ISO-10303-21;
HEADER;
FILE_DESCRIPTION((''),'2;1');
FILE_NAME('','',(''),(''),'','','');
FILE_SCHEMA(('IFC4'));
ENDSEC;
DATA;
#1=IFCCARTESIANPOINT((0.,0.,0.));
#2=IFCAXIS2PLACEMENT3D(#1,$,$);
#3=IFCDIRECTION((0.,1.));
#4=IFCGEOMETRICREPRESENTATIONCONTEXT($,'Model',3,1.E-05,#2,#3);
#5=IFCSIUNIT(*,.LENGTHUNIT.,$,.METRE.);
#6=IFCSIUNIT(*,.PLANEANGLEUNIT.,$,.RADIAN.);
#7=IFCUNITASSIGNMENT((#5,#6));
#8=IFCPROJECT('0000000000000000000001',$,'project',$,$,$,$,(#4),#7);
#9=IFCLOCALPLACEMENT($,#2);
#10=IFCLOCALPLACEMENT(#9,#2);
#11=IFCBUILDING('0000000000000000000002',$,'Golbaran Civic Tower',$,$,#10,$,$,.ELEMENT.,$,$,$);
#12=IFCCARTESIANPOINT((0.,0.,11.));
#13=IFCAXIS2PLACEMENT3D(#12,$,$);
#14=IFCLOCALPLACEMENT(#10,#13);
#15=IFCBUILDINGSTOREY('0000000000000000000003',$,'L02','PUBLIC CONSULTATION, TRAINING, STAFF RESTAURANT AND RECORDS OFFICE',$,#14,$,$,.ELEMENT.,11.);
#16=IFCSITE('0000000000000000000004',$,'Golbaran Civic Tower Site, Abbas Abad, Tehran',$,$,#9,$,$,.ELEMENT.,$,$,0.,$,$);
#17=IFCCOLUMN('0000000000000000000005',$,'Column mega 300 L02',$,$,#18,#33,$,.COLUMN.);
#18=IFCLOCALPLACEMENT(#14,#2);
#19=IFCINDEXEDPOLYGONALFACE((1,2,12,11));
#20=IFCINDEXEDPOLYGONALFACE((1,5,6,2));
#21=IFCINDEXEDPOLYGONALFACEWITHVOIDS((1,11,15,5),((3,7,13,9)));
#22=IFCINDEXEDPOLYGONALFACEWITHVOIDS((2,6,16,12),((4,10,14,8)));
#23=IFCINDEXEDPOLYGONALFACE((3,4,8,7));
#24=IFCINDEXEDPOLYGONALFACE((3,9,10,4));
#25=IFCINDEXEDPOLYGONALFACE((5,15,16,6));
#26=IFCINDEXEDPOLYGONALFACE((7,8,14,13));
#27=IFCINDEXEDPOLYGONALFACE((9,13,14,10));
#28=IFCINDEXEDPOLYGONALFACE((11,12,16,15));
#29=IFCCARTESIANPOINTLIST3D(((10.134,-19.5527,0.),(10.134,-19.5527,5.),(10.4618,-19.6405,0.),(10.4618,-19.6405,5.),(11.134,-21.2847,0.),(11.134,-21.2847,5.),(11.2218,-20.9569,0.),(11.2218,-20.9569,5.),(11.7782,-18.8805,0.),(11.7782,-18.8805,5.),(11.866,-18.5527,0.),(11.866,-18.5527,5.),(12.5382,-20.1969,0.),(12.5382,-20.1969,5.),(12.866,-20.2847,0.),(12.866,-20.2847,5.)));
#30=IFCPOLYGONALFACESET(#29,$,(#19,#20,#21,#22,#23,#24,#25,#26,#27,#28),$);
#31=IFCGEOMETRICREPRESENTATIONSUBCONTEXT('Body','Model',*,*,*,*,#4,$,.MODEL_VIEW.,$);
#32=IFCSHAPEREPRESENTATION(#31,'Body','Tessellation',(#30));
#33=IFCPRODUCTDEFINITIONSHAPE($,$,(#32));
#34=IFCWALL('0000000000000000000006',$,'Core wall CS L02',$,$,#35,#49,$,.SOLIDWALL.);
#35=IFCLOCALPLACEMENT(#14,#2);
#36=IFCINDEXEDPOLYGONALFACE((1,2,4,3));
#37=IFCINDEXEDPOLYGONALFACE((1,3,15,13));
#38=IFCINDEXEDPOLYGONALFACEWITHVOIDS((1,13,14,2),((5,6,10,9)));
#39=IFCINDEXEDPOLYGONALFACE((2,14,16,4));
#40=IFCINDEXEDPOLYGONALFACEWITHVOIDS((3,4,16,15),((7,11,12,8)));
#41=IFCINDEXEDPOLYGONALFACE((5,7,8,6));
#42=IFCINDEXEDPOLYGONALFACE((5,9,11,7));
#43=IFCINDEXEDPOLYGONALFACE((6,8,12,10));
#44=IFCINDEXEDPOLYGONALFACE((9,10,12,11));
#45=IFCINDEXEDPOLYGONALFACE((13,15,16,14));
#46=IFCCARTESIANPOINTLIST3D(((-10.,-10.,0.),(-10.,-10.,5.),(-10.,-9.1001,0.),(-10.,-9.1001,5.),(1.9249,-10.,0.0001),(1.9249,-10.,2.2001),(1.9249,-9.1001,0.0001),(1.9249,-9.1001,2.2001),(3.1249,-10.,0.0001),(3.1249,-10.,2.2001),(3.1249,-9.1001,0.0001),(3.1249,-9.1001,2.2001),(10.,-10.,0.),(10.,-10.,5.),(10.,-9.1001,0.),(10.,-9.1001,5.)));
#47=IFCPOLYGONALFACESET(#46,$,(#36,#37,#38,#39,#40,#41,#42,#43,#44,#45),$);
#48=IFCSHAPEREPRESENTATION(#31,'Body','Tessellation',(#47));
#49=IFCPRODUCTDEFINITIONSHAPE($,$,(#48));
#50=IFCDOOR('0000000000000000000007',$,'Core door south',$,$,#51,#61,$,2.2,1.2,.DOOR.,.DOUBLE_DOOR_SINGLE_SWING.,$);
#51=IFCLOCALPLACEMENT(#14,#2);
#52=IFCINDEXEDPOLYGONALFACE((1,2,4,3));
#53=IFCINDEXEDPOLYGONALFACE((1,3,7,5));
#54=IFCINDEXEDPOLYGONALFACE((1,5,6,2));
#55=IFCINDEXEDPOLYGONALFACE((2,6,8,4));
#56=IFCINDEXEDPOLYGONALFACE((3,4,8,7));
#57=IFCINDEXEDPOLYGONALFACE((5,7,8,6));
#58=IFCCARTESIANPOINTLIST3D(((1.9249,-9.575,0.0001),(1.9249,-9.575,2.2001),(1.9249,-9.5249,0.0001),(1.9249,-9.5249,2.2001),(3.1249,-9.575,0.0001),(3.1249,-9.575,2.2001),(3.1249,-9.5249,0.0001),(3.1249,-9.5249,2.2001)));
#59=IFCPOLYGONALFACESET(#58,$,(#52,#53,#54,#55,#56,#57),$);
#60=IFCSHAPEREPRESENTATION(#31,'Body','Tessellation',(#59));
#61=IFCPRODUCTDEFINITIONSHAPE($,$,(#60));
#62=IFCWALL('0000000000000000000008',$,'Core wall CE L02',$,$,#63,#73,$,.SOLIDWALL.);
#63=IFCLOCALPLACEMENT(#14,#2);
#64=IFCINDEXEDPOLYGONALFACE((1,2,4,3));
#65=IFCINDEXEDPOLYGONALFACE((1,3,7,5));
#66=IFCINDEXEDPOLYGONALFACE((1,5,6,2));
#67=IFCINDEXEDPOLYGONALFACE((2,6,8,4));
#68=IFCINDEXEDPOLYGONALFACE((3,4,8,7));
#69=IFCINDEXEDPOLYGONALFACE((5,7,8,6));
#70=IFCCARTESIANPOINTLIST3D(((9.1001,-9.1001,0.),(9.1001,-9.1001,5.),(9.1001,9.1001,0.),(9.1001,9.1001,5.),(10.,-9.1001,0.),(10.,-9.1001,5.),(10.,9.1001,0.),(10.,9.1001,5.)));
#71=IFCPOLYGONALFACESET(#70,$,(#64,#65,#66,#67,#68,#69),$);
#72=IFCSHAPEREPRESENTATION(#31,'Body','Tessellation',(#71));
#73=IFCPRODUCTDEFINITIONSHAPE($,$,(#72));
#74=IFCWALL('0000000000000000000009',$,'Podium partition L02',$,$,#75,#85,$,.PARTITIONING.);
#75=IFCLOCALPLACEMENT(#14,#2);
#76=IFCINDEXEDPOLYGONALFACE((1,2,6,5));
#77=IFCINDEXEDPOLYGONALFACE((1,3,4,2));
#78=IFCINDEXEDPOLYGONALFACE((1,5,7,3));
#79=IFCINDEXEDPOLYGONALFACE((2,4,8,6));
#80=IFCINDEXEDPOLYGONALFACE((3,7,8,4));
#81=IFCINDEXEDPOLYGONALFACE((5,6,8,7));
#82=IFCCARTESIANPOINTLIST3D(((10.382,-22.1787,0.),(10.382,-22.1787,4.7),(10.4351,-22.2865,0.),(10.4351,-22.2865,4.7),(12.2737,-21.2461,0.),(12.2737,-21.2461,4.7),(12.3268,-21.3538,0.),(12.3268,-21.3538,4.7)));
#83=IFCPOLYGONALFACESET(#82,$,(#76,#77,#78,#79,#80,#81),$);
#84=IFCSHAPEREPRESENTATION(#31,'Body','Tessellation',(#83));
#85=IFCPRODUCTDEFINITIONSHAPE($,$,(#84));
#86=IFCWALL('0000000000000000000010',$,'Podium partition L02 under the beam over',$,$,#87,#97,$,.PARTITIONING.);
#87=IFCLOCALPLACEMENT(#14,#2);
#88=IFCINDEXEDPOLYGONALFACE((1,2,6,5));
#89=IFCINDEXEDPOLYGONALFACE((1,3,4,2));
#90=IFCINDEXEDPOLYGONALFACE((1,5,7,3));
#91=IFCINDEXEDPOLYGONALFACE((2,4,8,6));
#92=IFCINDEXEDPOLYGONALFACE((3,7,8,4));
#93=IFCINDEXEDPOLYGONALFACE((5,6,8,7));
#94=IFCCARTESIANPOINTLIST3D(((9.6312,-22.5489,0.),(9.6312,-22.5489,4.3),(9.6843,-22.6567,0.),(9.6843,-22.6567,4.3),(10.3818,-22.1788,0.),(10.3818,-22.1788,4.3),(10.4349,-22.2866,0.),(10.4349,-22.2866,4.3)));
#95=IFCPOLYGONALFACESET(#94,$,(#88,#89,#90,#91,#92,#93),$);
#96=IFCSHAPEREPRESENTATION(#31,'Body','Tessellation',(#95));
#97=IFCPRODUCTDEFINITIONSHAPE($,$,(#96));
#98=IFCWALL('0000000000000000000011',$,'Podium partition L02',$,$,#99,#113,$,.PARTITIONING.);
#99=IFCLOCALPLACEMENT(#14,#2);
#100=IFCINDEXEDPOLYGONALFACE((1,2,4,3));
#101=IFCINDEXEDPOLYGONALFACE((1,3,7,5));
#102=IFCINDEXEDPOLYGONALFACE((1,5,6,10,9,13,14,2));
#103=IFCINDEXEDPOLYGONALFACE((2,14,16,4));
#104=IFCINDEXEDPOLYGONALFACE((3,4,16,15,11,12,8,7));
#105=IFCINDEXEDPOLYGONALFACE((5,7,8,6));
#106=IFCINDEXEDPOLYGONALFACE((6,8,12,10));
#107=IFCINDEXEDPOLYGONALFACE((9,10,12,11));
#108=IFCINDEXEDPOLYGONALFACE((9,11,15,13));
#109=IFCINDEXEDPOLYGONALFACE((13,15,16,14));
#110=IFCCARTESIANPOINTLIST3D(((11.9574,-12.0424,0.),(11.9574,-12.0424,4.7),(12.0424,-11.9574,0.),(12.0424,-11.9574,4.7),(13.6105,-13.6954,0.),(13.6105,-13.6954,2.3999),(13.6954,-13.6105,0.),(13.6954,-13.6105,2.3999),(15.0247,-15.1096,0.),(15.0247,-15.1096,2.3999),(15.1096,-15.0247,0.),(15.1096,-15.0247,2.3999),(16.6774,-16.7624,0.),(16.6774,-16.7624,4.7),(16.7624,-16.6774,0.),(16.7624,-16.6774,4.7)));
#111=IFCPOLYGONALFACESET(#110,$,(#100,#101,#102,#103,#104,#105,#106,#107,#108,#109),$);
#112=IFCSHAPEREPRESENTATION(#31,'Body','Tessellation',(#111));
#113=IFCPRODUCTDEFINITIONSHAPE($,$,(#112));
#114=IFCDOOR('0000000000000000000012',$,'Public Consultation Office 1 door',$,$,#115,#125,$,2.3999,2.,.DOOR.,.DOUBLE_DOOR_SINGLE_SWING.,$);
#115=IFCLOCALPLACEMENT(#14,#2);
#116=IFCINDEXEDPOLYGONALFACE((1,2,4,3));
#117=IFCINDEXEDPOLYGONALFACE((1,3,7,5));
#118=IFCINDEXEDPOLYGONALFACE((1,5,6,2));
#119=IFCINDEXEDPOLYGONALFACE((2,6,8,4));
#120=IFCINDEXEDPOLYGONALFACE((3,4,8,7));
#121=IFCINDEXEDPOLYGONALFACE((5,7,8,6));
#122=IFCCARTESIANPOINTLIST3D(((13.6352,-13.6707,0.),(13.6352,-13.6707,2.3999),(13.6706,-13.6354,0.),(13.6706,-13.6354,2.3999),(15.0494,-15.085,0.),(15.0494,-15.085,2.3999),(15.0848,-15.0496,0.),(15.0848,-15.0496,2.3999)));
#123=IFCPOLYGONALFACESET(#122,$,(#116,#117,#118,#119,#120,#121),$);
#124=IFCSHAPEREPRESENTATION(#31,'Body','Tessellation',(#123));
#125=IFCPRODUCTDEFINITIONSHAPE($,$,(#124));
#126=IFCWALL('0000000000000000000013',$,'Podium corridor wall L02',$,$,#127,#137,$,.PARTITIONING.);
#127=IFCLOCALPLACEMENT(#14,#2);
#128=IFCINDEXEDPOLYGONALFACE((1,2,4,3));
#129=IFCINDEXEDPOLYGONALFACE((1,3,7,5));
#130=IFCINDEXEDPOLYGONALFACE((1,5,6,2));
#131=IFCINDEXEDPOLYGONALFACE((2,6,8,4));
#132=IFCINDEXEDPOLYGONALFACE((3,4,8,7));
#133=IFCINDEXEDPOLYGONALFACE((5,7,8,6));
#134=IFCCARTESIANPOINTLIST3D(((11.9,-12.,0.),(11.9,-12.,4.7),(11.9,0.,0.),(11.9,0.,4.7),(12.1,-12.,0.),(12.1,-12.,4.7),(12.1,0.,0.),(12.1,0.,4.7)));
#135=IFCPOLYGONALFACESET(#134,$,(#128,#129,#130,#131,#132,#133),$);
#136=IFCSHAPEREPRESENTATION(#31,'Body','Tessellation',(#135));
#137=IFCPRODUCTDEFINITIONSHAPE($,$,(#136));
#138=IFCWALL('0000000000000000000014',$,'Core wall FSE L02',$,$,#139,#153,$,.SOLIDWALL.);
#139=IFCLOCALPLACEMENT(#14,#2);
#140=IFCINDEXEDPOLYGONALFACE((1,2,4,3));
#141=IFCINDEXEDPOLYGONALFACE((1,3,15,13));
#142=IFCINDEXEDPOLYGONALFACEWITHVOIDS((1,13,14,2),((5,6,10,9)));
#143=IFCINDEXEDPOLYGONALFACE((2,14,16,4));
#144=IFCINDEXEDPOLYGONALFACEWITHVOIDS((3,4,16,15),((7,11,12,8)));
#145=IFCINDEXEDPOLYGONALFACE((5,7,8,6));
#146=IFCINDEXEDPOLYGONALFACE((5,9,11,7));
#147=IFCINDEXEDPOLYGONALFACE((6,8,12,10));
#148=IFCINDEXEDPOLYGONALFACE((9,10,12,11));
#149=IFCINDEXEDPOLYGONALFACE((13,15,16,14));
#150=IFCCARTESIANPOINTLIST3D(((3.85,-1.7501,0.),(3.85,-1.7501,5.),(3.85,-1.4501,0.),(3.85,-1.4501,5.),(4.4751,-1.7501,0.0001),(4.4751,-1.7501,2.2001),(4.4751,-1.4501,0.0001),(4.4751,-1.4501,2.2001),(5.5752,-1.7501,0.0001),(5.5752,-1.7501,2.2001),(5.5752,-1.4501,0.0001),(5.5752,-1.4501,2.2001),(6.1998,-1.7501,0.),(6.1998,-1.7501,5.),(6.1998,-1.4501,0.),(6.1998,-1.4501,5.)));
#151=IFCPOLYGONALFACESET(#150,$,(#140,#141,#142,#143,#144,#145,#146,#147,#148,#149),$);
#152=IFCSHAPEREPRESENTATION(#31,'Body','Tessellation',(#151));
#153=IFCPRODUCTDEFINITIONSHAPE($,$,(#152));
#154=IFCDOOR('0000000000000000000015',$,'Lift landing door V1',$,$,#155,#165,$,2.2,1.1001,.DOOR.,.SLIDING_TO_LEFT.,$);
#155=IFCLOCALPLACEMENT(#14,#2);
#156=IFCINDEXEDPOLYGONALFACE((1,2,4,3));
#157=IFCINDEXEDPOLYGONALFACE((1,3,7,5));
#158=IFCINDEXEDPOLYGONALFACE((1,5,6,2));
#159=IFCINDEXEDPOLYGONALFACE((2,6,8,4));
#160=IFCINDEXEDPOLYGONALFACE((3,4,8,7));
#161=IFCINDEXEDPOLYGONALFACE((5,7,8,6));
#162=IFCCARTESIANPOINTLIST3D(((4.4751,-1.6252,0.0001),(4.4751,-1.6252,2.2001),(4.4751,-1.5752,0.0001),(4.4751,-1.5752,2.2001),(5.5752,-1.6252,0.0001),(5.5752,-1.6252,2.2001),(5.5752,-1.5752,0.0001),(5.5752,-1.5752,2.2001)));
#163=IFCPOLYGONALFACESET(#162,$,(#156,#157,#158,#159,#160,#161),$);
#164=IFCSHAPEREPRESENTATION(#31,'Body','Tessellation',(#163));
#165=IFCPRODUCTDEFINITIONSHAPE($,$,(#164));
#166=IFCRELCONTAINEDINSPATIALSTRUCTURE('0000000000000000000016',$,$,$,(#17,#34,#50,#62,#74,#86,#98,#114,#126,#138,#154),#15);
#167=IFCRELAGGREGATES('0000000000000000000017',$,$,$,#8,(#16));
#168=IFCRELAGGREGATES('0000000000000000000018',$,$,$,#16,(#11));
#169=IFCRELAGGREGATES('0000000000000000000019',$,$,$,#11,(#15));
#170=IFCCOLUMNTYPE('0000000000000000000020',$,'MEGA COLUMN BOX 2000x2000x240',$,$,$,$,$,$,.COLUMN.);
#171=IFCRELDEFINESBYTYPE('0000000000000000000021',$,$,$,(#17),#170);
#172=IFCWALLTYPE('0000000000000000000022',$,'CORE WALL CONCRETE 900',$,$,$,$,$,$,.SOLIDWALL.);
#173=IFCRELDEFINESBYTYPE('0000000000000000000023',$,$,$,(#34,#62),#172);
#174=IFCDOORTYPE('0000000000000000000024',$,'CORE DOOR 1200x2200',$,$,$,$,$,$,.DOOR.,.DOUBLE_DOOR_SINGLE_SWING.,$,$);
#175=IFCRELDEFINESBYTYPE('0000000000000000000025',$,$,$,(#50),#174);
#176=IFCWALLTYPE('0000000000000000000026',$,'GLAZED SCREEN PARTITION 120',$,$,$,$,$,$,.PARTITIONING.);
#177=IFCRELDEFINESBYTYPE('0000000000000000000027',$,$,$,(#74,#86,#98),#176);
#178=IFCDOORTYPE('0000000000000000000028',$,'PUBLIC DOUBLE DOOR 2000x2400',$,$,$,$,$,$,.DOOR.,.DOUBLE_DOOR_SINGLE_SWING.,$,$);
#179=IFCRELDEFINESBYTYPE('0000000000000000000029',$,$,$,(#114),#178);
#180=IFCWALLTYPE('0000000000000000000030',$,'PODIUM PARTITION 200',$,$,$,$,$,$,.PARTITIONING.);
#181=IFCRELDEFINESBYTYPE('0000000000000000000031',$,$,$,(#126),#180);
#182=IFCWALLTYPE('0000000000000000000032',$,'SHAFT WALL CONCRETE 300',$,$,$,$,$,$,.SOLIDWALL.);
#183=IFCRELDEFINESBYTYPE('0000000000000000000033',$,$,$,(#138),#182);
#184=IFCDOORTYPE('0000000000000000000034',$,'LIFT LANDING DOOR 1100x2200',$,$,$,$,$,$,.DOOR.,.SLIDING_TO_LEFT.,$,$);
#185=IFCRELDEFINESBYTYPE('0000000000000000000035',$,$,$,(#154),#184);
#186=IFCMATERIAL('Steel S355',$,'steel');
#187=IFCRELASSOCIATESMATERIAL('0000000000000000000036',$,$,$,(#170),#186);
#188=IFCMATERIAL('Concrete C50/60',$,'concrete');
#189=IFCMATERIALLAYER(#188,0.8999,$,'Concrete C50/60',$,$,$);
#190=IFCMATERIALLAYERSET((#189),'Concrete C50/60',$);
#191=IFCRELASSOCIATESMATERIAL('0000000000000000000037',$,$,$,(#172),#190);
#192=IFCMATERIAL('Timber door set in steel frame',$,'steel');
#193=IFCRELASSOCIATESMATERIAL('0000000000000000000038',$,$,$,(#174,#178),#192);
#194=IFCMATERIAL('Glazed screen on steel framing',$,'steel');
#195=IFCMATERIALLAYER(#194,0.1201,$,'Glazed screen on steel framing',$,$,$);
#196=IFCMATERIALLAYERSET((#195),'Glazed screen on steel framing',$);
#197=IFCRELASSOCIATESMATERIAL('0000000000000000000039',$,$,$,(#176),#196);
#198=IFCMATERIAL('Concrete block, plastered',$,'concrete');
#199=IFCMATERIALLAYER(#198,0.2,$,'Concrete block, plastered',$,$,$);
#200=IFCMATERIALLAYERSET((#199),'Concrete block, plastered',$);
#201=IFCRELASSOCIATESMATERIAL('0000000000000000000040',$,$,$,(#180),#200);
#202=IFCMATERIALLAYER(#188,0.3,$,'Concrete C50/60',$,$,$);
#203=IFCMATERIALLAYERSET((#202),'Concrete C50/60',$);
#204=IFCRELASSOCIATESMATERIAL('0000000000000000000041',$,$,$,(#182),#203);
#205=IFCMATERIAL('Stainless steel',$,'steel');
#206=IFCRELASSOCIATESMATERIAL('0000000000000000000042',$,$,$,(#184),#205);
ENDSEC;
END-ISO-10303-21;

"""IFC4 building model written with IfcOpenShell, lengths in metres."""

from ifc_helpers import new_model, si_unit, direction, frame, frame_2d, origin, origin_2d, place, context, subcontext, project, spatial, rectangle, hollow_rectangle, extrude, material, layer, layer_set, material_profile, profile_set, type_object, element, fill, save


model = new_model("IFC4")

# Units and contexts
model_context = context("Model", 3, precision=1e-05, world=origin(), true_north=direction((0.0, 1.0)))
body_context = subcontext(model_context, "Body", "Model", "MODEL_VIEW")
ifc_project = project(units=[si_unit("LENGTHUNIT", "METRE"), si_unit("PLANEANGLEUNIT", "RADIAN")], contexts=[model_context])

# Site, building, storey
site_placement = place(None, origin())
site = spatial("IfcSite", under=ifc_project, at=site_placement, Name="Golbaran Civic Tower Site, Abbas Abad, Tehran", CompositionType="ELEMENT", RefElevation=0.0)
building_placement = place(site_placement, origin())
building = spatial("IfcBuilding", under=site, at=building_placement, Name="Golbaran Civic Tower", CompositionType="ELEMENT")
storey_placement = place(building_placement, frame((0.0, 0.0, 11.0)))
storey = spatial("IfcBuildingStorey", under=building, at=storey_placement, Name="L02", Description="PUBLIC CONSULTATION, TRAINING, STAFF RESTAURANT AND RECORDS OFFICE", CompositionType="ELEMENT", Elevation=11.0)

# Column
ifc_material_1 = material(Name="Steel S355", Category="steel")
ifc_material_profile = material_profile(ifc_material_1, hollow_rectangle(XDim=2.0, YDim=2.0, WallThickness=0.24, at=origin_2d()), Name="BOX 2000x2000x240")
ifc_profile_set = profile_set([ifc_material_profile], Name="Steel S355")
column_type = type_object("IfcColumnType", Name="MEGA COLUMN BOX 2000x2000x240", PredefinedType="COLUMN", material=ifc_profile_set)
column_placement = place(storey_placement, frame((11.5, -19.9187, 0.0), z_axis=(0.0, 0.0, 1.0), x_axis=(0.5, -0.866025, 0.0)))
element("IfcColumn", 1, at=column_placement, inside=storey, type_object=column_type, Name="Column mega 300 L02", PredefinedType="COLUMN", context=body_context, shape_type="SweptSolid", body=[
    extrude(hollow_rectangle(XDim=2.0, YDim=2.0, WallThickness=0.24, at=origin_2d()), origin(), (0.0, 0.0, 1.0), 5.0),
])

# Wall, opening, door
ifc_material_2 = material(Name="Concrete C50/60", Category="concrete")
ifc_layer_1 = layer(ifc_material_2, 0.8999, Name="Concrete C50/60")
ifc_layer_set_1 = layer_set([ifc_layer_1], Name="Concrete C50/60")
wall_type_1 = type_object("IfcWallType", Name="CORE WALL CONCRETE 900", PredefinedType="SOLIDWALL", material=ifc_layer_set_1)
wall_1_placement = place(storey_placement, frame((10.0, -9.55, 0.0), z_axis=(0.0, 0.0, 1.0), x_axis=(-1.0, 0.0, 0.0)))
wall_1 = element("IfcWall", 2, at=wall_1_placement, inside=storey, type_object=wall_type_1, Name="Core wall CS L02", PredefinedType="SOLIDWALL", context=body_context, shape_type="SweptSolid", body=[
    extrude(rectangle(XDim=20.0, YDim=0.8999, at=frame_2d((10.0, 0.0))), origin(), (0.0, 0.0, 1.0), 5.0),
])
opening_1_placement = place(wall_1_placement, frame((6.875, 0.0, 0.0)))
opening_1 = element("IfcOpeningElement", 3, at=opening_1_placement, cuts=wall_1, PredefinedType="OPENING", context=body_context, shape_type="SweptSolid", body=[
    extrude(rectangle(XDim=1.2, YDim=2.2, at=frame_2d((0.6001, 1.1001))), frame((0.0, 0.46, 0.0), z_axis=(0.0, -1.0, 0.0), x_axis=(1.0, 0.0, 0.0)), (0.0, 0.0, 1.0), 0.9199),
])
ifc_material_3 = material(Name="Timber door set in steel frame", Category="steel")
door_type_1 = type_object("IfcDoorType", Name="CORE DOOR 1200x2200", OperationType="DOUBLE_DOOR_SINGLE_SWING", PredefinedType="DOOR", material=ifc_material_3)
door_1_placement = place(opening_1_placement, origin())
door_1 = element("IfcDoor", 4, at=door_1_placement, inside=storey, type_object=door_type_1, Name="Core door south", OperationType="DOUBLE_DOOR_SINGLE_SWING", OverallHeight=2.2, OverallWidth=1.2, PredefinedType="DOOR", context=body_context, shape_type="SweptSolid", body=[
    extrude(rectangle(XDim=1.2, YDim=2.2, at=frame_2d((0.6001, 1.1001))), frame((0.0, 0.0249, 0.0), z_axis=(0.0, -1.0, 0.0), x_axis=(1.0, 0.0, 0.0)), (0.0, 0.0, 1.0), 0.05),
])
fill(opening_1, door_1)

# Walls
wall_2_placement = place(storey_placement, frame((9.55, -9.1001, 0.0), z_axis=(0.0, 0.0, 1.0), x_axis=(0.0, 1.0, 0.0)))
element("IfcWall", 5, at=wall_2_placement, inside=storey, type_object=wall_type_1, Name="Core wall CE L02", PredefinedType="SOLIDWALL", context=body_context, shape_type="SweptSolid", body=[
    extrude(rectangle(XDim=18.2002, YDim=0.8999, at=frame_2d((9.1001, 0.0))), origin(), (0.0, 0.0, 1.0), 5.0),
])
ifc_material_4 = material(Name="Glazed screen on steel framing", Category="steel")
ifc_layer_2 = layer(ifc_material_4, 0.1201, Name="Glazed screen on steel framing")
ifc_layer_set_2 = layer_set([ifc_layer_2], Name="Glazed screen on steel framing")
wall_type_2 = type_object("IfcWallType", Name="GLAZED SCREEN PARTITION 120", PredefinedType="PARTITIONING", material=ifc_layer_set_2)
wall_3_placement = place(storey_placement, frame((10.4084, -22.2327, 0.0), z_axis=(0.0, 0.0, 1.0), x_axis=(0.896914, 0.442206, 0.0)))
element("IfcWall", 6, at=wall_3_placement, inside=storey, type_object=wall_type_2, Name="Podium partition L02", PredefinedType="PARTITIONING", context=body_context, shape_type="SweptSolid", body=[
    extrude(rectangle(XDim=2.1091, YDim=0.1201, at=frame_2d((1.0547, 0.0))), origin(), (0.0, 0.0, 1.0), 4.7),
])
wall_4_placement = place(storey_placement, frame((9.6577, -22.6028, 0.0), z_axis=(0.0, 0.0, 1.0), x_axis=(0.896922, 0.44219, 0.0)))
element("IfcWall", 7, at=wall_4_placement, inside=storey, type_object=wall_type_2, Name="Podium partition L02 under the beam over", PredefinedType="PARTITIONING", context=body_context, shape_type="SweptSolid", body=[
    extrude(rectangle(XDim=0.8369, YDim=0.1201, at=frame_2d((0.4185, 0.0))), origin(), (0.0, 0.0, 1.0), 4.3),
])

# Wall, opening, door
wall_5_placement = place(storey_placement, frame((12.0, -12.0, 0.0), z_axis=(0.0, 0.0, 1.0), x_axis=(0.707107, -0.707107, 0.0)))
wall_5 = element("IfcWall", 8, at=wall_5_placement, inside=storey, type_object=wall_type_2, Name="Podium partition L02", PredefinedType="PARTITIONING", context=body_context, shape_type="SweptSolid", body=[
    extrude(rectangle(XDim=6.675, YDim=0.1201, at=frame_2d((3.3374, 0.0))), origin(), (0.0, 0.0, 1.0), 4.7),
])
opening_2_placement = place(wall_5_placement, frame((2.3376, 0.0, 0.0)))
opening_2 = element("IfcOpeningElement", 9, at=opening_2_placement, cuts=wall_5, PredefinedType="OPENING", context=body_context, shape_type="SweptSolid", body=[
    extrude(rectangle(XDim=2.0, YDim=2.3999, at=frame_2d((1.0, 1.2))), frame((0.0, 0.0701, 0.0), z_axis=(0.0, -1.0, 0.0), x_axis=(1.0, 0.0, 0.0)), (0.0, 0.0, 1.0), 0.1401),
])
door_type_2 = type_object("IfcDoorType", Name="PUBLIC DOUBLE DOOR 2000x2400", OperationType="DOUBLE_DOOR_SINGLE_SWING", PredefinedType="DOOR", material=ifc_material_3)
door_2_placement = place(opening_2_placement, origin())
door_2 = element("IfcDoor", 10, at=door_2_placement, inside=storey, type_object=door_type_2, Name="Public Consultation Office 1 door", OperationType="DOUBLE_DOOR_SINGLE_SWING", OverallHeight=2.3999, OverallWidth=2.0, PredefinedType="DOOR", context=body_context, shape_type="SweptSolid", body=[
    extrude(rectangle(XDim=2.0, YDim=2.3999, at=frame_2d((1.0, 1.2))), frame((0.0, 0.0249, 0.0), z_axis=(0.0, -1.0, 0.0), x_axis=(1.0, 0.0, 0.0)), (0.0, 0.0, 1.0), 0.05),
])
fill(opening_2, door_2)

# Wall
ifc_material_5 = material(Name="Concrete block, plastered", Category="concrete")
ifc_layer_3 = layer(ifc_material_5, 0.2, Name="Concrete block, plastered")
ifc_layer_set_3 = layer_set([ifc_layer_3], Name="Concrete block, plastered")
wall_type_3 = type_object("IfcWallType", Name="PODIUM PARTITION 200", PredefinedType="PARTITIONING", material=ifc_layer_set_3)
wall_6_placement = place(storey_placement, frame((12.0, -12.0, 0.0), z_axis=(0.0, 0.0, 1.0), x_axis=(0.0, 1.0, 0.0)))
element("IfcWall", 11, at=wall_6_placement, inside=storey, type_object=wall_type_3, Name="Podium corridor wall L02", PredefinedType="PARTITIONING", context=body_context, shape_type="SweptSolid", body=[
    extrude(rectangle(XDim=12.0, YDim=0.2, at=frame_2d((6.0, 0.0))), origin(), (0.0, 0.0, 1.0), 4.7),
])

# Wall, opening, door
ifc_layer_4 = layer(ifc_material_2, 0.3, Name="Concrete C50/60")
ifc_layer_set_4 = layer_set([ifc_layer_4], Name="Concrete C50/60")
wall_type_4 = type_object("IfcWallType", Name="SHAFT WALL CONCRETE 300", PredefinedType="SOLIDWALL", material=ifc_layer_set_4)
wall_7_placement = place(storey_placement, frame((3.8501, -1.6001, 0.0), z_axis=(0.0, 0.0, 1.0), x_axis=(1.0, 0.0, 0.0)))
wall_7 = element("IfcWall", 12, at=wall_7_placement, inside=storey, type_object=wall_type_4, Name="Core wall FSE L02", PredefinedType="SOLIDWALL", context=body_context, shape_type="SweptSolid", body=[
    extrude(rectangle(XDim=2.3499, YDim=0.3, at=frame_2d((1.1748, 0.0))), origin(), (0.0, 0.0, 1.0), 5.0),
])
opening_3_placement = place(wall_7_placement, frame((0.625, 0.0, 0.0)))
opening_3 = element("IfcOpeningElement", 13, at=opening_3_placement, cuts=wall_7, PredefinedType="OPENING", context=body_context, shape_type="SweptSolid", body=[
    extrude(rectangle(XDim=1.1001, YDim=2.2, at=frame_2d((0.55, 1.1001))), frame((0.0, 0.1599, 0.0), z_axis=(0.0, -1.0, 0.0), x_axis=(1.0, 0.0, 0.0)), (0.0, 0.0, 1.0), 0.3201),
])
ifc_material_6 = material(Name="Stainless steel", Category="steel")
door_type_3 = type_object("IfcDoorType", Name="LIFT LANDING DOOR 1100x2200", OperationType="SLIDING_TO_LEFT", PredefinedType="DOOR", material=ifc_material_6)
door_3_placement = place(opening_3_placement, origin())
door_3 = element("IfcDoor", 14, at=door_3_placement, inside=storey, type_object=door_type_3, Name="Lift landing door V1", OperationType="SLIDING_TO_LEFT", OverallHeight=2.2, OverallWidth=1.1001, PredefinedType="DOOR", context=body_context, shape_type="SweptSolid", body=[
    extrude(rectangle(XDim=1.1001, YDim=2.2, at=frame_2d((0.55, 1.1001))), frame((0.0, 0.0249, 0.0), z_axis=(0.0, -1.0, 0.0), x_axis=(1.0, 0.0, 0.0)), (0.0, 0.0, 1.0), 0.05),
])
fill(opening_3, door_3)

save(model, "model.ifc")
